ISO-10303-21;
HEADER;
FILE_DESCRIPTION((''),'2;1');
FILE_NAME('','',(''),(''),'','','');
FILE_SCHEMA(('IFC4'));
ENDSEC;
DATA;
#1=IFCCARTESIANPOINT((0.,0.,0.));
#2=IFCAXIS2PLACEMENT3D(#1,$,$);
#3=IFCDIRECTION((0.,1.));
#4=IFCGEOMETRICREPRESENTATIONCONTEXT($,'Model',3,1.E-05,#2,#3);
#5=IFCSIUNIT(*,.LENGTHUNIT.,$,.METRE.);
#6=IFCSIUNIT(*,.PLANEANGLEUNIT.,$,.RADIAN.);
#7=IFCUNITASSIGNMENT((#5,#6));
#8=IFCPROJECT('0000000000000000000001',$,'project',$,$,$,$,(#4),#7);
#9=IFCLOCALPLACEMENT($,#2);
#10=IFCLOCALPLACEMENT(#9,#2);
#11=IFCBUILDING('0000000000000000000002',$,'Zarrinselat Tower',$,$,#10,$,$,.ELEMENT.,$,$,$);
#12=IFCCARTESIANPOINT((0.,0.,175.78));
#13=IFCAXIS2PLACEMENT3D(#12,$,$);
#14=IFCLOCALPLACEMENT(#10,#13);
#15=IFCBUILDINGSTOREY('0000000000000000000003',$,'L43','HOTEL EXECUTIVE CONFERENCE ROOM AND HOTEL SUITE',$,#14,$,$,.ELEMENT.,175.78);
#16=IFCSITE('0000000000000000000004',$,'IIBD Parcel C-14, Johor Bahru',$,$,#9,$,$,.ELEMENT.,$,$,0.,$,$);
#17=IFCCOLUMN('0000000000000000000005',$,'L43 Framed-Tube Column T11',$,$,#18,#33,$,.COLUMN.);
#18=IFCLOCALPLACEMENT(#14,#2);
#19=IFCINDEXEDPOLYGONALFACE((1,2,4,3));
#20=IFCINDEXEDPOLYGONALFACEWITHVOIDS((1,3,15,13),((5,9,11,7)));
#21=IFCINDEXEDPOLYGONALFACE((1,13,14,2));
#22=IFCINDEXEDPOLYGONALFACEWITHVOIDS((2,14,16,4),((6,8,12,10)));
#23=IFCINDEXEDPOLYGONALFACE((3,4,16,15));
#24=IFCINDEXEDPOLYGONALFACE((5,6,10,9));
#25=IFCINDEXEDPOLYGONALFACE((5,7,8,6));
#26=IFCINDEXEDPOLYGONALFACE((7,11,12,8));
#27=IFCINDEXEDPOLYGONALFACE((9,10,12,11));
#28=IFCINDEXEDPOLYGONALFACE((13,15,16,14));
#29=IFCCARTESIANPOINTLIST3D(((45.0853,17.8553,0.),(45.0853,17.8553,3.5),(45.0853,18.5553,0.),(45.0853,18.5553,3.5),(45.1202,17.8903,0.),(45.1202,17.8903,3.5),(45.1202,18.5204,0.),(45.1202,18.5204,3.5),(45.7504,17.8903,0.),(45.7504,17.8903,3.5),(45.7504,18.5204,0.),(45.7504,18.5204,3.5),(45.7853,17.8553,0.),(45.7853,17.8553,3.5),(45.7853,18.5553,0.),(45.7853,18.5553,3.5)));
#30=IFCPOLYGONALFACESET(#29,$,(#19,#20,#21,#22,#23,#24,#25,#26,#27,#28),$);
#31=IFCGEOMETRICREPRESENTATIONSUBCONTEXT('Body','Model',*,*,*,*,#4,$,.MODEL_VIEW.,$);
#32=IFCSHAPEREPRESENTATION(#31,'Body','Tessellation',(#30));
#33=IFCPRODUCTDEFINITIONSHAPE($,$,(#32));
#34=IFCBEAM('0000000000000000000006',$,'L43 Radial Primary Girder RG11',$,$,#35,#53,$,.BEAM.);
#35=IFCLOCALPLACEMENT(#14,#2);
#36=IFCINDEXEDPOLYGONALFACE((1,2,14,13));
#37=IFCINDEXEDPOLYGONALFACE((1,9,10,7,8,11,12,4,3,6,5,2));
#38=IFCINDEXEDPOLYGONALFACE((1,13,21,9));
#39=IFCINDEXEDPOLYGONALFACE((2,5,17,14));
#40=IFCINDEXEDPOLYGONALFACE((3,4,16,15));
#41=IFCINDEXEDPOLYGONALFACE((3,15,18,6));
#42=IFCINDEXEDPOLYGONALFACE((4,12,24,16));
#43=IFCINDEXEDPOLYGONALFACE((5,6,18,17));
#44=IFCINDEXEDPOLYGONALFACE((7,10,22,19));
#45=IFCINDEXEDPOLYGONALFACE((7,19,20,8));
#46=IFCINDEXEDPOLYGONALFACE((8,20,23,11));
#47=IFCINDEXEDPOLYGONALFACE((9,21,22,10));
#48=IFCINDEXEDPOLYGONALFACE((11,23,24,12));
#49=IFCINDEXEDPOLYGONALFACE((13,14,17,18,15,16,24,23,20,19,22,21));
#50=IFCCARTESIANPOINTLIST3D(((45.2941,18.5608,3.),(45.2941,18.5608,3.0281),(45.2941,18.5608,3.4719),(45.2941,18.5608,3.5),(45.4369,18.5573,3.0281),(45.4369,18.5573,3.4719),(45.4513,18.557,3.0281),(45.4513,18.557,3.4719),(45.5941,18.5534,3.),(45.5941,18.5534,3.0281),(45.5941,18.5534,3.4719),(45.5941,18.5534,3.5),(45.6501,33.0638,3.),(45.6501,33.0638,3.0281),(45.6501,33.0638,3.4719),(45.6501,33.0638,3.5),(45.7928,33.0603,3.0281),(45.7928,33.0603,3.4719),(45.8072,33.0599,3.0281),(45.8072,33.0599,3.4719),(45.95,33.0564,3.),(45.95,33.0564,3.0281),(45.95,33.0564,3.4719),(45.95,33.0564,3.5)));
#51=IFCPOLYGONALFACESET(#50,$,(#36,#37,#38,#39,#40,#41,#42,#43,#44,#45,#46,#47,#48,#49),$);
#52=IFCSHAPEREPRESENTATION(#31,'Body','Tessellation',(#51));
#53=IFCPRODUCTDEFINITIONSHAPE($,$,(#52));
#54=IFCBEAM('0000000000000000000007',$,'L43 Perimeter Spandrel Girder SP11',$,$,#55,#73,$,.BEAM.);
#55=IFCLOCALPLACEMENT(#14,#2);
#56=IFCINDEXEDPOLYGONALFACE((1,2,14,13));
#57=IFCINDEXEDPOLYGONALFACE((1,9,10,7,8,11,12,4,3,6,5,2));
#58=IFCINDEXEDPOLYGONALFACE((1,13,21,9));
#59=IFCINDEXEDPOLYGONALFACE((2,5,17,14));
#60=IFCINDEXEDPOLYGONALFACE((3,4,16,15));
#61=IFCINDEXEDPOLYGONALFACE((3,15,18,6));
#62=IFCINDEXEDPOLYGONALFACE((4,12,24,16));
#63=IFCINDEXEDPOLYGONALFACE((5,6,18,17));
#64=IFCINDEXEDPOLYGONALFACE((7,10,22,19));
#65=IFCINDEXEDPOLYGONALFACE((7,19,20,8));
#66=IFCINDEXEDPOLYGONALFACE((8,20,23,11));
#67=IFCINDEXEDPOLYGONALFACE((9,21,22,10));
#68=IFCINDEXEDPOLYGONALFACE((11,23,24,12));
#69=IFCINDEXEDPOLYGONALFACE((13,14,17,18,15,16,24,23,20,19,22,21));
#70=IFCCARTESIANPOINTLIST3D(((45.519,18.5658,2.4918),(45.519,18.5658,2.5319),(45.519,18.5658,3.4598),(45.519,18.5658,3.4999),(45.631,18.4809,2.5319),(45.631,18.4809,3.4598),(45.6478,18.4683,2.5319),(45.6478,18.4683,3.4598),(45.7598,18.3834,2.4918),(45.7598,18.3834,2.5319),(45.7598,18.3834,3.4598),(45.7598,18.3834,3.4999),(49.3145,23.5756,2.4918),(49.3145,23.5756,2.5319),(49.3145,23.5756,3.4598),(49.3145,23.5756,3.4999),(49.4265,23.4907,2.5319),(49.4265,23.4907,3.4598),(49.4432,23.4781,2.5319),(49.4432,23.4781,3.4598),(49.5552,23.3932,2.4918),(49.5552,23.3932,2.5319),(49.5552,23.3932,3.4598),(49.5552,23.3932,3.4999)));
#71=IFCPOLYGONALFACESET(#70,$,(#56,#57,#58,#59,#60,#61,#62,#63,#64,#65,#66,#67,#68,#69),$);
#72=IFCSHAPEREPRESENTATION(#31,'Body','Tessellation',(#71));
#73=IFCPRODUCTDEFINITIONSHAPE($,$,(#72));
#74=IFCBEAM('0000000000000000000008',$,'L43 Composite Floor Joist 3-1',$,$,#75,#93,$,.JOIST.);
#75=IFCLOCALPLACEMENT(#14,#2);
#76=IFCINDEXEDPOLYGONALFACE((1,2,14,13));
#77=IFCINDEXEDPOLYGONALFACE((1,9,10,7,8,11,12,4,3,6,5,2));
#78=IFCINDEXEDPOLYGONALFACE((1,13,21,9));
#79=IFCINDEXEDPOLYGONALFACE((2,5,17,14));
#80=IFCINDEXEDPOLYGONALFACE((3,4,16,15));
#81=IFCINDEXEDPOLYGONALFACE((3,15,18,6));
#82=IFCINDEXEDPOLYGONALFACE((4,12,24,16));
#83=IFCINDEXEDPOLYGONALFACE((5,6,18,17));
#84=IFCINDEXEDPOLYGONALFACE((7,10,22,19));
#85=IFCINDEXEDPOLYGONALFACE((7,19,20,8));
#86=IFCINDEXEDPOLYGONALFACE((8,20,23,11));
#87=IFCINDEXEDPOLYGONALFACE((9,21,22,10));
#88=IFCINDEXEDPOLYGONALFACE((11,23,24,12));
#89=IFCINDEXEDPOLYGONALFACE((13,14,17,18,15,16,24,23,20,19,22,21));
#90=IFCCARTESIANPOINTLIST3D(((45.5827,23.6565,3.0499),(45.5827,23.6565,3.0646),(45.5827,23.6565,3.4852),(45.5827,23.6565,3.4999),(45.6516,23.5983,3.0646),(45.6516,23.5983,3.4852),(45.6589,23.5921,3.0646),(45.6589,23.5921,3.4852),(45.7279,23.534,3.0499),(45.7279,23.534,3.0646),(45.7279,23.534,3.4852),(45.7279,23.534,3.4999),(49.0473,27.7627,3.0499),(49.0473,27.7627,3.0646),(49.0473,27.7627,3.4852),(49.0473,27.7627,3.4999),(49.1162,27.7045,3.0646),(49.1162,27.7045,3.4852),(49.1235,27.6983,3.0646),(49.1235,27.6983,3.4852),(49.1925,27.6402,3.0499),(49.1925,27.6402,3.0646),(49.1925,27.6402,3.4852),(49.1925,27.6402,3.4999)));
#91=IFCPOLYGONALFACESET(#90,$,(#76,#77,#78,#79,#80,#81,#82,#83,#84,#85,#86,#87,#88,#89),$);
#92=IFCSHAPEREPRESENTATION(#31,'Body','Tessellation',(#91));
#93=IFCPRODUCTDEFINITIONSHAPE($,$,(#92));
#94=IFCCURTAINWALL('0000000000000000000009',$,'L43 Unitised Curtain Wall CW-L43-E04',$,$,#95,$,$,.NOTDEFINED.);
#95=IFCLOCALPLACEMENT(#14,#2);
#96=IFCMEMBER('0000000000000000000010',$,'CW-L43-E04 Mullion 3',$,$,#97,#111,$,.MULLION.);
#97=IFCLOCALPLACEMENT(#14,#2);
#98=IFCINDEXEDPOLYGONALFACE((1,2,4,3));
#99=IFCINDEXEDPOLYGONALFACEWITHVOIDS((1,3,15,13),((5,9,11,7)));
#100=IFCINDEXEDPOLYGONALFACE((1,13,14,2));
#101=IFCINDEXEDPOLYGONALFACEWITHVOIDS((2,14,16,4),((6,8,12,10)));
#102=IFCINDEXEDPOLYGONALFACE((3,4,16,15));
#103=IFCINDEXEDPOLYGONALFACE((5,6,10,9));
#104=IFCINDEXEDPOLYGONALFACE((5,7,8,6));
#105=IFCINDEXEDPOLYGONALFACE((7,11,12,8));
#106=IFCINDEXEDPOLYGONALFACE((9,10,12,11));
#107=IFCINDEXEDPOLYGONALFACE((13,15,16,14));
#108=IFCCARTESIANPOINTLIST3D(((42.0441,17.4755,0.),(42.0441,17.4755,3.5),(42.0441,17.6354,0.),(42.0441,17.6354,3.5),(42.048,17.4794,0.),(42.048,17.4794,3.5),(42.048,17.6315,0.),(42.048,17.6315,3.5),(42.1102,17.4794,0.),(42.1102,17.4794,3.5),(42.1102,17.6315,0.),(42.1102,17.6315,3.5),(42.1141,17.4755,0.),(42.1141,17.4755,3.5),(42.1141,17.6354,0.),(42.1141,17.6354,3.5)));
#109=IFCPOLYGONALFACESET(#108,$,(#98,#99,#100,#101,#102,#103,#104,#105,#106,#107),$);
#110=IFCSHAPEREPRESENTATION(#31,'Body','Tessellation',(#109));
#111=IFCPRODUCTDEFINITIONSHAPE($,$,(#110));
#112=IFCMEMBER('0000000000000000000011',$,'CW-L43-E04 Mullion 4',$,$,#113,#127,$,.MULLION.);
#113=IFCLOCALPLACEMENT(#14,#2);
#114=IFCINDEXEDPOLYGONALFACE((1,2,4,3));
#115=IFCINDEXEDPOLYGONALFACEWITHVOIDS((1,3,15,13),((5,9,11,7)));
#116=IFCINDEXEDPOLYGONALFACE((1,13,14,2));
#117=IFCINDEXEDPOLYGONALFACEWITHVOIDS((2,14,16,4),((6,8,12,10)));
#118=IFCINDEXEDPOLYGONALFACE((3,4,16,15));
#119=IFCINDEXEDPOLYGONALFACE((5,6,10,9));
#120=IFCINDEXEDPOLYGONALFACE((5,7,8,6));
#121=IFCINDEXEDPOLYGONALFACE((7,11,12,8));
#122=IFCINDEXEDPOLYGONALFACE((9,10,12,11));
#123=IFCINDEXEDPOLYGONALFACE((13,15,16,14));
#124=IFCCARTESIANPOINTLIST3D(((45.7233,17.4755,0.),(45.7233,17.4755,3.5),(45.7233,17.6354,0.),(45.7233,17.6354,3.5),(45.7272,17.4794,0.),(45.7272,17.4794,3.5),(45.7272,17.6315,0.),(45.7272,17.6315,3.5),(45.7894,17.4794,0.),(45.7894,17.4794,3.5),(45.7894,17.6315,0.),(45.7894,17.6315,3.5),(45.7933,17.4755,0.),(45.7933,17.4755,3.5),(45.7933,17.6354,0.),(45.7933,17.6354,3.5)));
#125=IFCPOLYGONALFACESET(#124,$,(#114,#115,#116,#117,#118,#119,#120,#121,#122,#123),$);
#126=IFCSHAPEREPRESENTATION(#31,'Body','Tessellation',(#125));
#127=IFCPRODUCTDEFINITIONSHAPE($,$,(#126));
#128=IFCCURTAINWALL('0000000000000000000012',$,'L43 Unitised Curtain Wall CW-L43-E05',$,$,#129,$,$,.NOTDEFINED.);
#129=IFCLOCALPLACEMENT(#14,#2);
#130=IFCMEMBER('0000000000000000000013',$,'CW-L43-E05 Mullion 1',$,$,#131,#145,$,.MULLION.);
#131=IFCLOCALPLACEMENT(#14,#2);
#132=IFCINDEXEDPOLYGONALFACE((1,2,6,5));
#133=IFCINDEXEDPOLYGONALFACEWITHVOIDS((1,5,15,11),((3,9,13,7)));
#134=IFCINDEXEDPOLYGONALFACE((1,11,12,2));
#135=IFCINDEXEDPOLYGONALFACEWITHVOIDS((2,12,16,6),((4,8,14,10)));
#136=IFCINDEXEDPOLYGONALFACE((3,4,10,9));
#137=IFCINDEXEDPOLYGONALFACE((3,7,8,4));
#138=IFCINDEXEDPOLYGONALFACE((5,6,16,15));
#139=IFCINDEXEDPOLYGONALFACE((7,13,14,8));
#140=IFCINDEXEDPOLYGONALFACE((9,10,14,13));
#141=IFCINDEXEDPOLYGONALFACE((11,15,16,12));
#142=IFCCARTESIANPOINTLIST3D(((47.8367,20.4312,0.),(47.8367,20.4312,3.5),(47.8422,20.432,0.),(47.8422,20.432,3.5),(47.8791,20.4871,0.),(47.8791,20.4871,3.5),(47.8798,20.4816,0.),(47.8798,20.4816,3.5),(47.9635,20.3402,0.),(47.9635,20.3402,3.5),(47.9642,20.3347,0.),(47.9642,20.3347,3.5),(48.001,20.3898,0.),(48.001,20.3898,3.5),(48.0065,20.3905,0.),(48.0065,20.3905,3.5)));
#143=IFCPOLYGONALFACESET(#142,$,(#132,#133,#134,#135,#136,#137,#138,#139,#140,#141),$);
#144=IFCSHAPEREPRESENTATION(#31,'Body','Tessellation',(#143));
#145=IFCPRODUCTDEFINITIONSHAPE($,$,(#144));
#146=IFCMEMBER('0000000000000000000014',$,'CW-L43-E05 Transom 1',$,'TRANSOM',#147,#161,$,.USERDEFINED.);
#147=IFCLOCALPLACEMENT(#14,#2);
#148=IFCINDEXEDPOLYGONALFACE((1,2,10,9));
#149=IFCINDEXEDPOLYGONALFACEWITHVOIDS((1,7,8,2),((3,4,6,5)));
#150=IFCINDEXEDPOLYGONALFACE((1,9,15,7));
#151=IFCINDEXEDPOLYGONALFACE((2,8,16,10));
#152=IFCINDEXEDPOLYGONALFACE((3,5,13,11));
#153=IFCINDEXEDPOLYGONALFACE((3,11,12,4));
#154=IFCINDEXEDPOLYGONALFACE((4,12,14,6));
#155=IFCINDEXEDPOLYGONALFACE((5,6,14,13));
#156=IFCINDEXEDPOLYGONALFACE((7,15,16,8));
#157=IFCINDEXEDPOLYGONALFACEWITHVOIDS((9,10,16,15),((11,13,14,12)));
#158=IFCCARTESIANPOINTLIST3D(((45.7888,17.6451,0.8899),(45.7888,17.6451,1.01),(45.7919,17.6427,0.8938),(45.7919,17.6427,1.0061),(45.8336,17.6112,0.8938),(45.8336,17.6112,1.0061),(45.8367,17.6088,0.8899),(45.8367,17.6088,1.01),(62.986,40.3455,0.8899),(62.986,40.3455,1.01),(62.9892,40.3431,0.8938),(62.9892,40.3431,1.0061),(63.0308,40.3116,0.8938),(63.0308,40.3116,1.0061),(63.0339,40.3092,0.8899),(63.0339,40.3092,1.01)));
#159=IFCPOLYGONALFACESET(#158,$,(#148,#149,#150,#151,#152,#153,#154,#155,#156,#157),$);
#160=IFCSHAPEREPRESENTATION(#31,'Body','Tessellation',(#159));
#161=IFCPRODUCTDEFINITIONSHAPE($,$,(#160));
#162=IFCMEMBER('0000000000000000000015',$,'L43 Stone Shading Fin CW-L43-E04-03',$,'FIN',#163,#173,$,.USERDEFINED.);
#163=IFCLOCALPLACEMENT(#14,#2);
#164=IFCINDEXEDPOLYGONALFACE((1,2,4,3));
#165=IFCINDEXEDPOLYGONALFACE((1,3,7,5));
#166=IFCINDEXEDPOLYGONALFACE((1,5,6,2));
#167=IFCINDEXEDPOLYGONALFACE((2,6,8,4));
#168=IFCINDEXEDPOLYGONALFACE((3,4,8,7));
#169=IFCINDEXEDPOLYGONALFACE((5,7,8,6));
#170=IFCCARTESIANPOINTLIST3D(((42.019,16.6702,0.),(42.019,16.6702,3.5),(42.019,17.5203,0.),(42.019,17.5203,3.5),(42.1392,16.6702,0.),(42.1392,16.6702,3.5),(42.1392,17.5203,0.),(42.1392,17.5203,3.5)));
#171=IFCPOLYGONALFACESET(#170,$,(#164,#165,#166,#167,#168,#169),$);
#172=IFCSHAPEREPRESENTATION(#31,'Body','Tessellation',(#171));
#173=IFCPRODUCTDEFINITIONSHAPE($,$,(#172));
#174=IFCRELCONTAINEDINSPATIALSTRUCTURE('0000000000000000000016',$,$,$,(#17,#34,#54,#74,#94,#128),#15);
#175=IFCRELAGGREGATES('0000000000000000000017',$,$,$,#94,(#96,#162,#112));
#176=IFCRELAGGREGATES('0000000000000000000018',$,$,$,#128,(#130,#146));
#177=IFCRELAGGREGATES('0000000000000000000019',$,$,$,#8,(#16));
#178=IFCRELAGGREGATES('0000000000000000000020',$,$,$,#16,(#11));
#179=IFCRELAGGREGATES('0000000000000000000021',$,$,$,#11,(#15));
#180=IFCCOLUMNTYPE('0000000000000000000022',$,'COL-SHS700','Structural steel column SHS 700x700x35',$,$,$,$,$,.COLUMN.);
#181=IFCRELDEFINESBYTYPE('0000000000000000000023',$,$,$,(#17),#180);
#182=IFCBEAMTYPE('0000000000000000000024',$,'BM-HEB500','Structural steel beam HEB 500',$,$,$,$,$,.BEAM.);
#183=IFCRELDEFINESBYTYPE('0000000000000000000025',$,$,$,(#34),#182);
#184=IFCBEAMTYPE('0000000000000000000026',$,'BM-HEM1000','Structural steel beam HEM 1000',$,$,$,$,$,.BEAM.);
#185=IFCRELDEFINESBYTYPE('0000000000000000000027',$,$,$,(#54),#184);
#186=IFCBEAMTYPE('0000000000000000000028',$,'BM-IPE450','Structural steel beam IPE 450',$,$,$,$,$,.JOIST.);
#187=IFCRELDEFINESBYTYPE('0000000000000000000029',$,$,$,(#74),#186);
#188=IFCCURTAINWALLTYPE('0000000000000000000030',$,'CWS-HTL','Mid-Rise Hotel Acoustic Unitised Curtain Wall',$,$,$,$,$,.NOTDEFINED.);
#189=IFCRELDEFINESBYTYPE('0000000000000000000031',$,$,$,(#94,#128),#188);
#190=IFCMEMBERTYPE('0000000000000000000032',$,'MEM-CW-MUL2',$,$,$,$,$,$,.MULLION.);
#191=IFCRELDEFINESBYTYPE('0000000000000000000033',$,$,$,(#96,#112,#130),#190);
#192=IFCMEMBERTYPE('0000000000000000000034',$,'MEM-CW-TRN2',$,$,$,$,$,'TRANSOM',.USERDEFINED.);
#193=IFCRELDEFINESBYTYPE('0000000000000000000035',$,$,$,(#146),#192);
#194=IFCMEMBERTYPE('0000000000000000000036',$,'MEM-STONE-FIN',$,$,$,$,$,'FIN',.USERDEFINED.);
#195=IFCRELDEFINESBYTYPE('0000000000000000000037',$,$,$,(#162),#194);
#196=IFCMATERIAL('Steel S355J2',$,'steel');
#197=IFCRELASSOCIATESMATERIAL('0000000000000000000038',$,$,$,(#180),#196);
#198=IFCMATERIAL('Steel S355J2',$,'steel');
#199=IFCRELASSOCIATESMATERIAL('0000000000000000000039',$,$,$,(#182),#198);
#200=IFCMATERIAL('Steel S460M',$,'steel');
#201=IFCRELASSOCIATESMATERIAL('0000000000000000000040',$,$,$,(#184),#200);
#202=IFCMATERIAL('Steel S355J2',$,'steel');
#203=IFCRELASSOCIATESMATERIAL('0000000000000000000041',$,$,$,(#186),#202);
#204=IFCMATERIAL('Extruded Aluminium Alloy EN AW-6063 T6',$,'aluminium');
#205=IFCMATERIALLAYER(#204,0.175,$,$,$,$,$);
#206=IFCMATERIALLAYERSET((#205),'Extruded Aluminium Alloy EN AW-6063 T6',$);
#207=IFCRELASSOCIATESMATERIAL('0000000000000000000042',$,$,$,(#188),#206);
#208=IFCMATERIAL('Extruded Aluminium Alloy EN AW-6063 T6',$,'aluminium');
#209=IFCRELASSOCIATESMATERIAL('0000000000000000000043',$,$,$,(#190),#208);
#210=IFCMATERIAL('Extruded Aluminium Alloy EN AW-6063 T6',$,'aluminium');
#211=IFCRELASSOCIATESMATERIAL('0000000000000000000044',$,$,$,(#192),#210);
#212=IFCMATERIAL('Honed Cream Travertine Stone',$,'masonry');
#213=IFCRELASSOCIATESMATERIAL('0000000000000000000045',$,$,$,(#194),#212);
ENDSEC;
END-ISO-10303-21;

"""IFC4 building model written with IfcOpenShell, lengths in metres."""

from ifc_helpers import new_model, si_unit, direction, frame, origin, origin_2d, place, context, subcontext, project, spatial, rectangle, hollow_rectangle, i_section, extrude, material, layer, layer_set, material_profile, profile_set, type_object, element, aggregate, save


model = new_model("IFC4")

# Units and contexts
model_context = context("Model", 3, precision=1e-05, world=origin(), true_north=direction((0.0, 1.0)))
body_context = subcontext(model_context, "Body", "Model", "MODEL_VIEW")
ifc_project = project(units=[si_unit("LENGTHUNIT", "METRE"), si_unit("PLANEANGLEUNIT", "RADIAN")], contexts=[model_context])

# Site, building, storey
site_placement = place(None, origin())
site = spatial("IfcSite", under=ifc_project, at=site_placement, Name="IIBD Parcel C-14, Johor Bahru", CompositionType="ELEMENT", RefElevation=0.0)
building_placement = place(site_placement, origin())
building = spatial("IfcBuilding", under=site, at=building_placement, Name="Zarrinselat Tower", CompositionType="ELEMENT")
storey_placement = place(building_placement, frame((0.0, 0.0, 175.78)))
storey = spatial("IfcBuildingStorey", under=building, at=storey_placement, Name="L43", Description="HOTEL EXECUTIVE CONFERENCE ROOM AND HOTEL SUITE", CompositionType="ELEMENT", Elevation=175.78)

# Column
ifc_material_1 = material(Name="Steel S355J2", Category="steel")
ifc_material_profile_1 = material_profile(ifc_material_1, hollow_rectangle(XDim=0.7, YDim=0.7, WallThickness=0.0349, at=origin_2d()), Name="SHS 700x700x35")
ifc_profile_set_1 = profile_set([ifc_material_profile_1], Name="Steel S355J2")
column_type = type_object("IfcColumnType", Name="COL-SHS700", Description="Structural steel column SHS 700x700x35", PredefinedType="COLUMN", material=ifc_profile_set_1)
column_placement = place(storey_placement, frame((45.4353, 18.2053, 0.0), z_axis=(0.0, 0.0, 1.0), x_axis=(1.0, 0.0, 0.0)))
element("IfcColumn", 1, at=column_placement, inside=storey, type_object=column_type, Name="L43 Framed-Tube Column T11", PredefinedType="COLUMN", context=body_context, shape_type="SweptSolid", body=[
    extrude(hollow_rectangle(XDim=0.7, YDim=0.7, WallThickness=0.0349, at=origin_2d()), origin(), (0.0, 0.0, 1.0), 3.5),
])

# Beams
ifc_material_2 = material(Name="Steel S355J2", Category="steel")
ifc_material_profile_2 = material_profile(ifc_material_2, i_section(OverallWidth=0.3, OverallDepth=0.5, WebThickness=0.0144, FlangeThickness=0.0281, at=origin_2d()), Name="HEB 500")
ifc_profile_set_2 = profile_set([ifc_material_profile_2], Name="Steel S355J2")
beam_type_1 = type_object("IfcBeamType", Name="BM-HEB500", Description="Structural steel beam HEB 500", PredefinedType="BEAM", material=ifc_profile_set_2)
beam_1_placement = place(storey_placement, frame((45.4441, 18.5571, 3.25), z_axis=(0.024536, 0.999699, 0.0), x_axis=(-0.999699, 0.024536, 0.0)))
element("IfcBeam", 2, at=beam_1_placement, inside=storey, type_object=beam_type_1, Name="L43 Radial Primary Girder RG11", PredefinedType="BEAM", context=body_context, shape_type="SweptSolid", body=[
    extrude(i_section(OverallWidth=0.3, OverallDepth=0.5, WebThickness=0.0144, FlangeThickness=0.0281, at=origin_2d()), origin(), (0.0, 0.0, 1.0), 14.5073),
])
ifc_material_3 = material(Name="Steel S460M", Category="steel")
ifc_material_profile_3 = material_profile(ifc_material_3, i_section(OverallWidth=0.302, OverallDepth=1.0081, WebThickness=0.021, FlangeThickness=0.04, at=origin_2d()), Name="HEM 1000")
ifc_profile_set_3 = profile_set([ifc_material_profile_3], Name="Steel S460M")
beam_type_2 = type_object("IfcBeamType", Name="BM-HEM1000", Description="Structural steel beam HEM 1000", PredefinedType="BEAM", material=ifc_profile_set_3)
beam_2_placement = place(storey_placement, frame((45.6394, 18.4746, 2.9958), z_axis=(0.603871, 0.797082, 0.0), x_axis=(-0.797082, 0.603871, 0.0)))
element("IfcBeam", 3, at=beam_2_placement, inside=storey, type_object=beam_type_2, Name="L43 Perimeter Spandrel Girder SP11", PredefinedType="BEAM", context=body_context, shape_type="SweptSolid", body=[
    extrude(i_section(OverallWidth=0.302, OverallDepth=1.0081, WebThickness=0.021, FlangeThickness=0.04, at=origin_2d()), origin(), (0.0, 0.0, 1.0), 6.2852),
])
ifc_material_4 = material(Name="Steel S355J2", Category="steel")
ifc_material_profile_4 = material_profile(ifc_material_4, i_section(OverallWidth=0.1899, OverallDepth=0.45, WebThickness=0.0095, FlangeThickness=0.0146, at=origin_2d()), Name="IPE 450")
ifc_profile_set_4 = profile_set([ifc_material_profile_4], Name="Steel S355J2")
beam_type_3 = type_object("IfcBeamType", Name="BM-IPE450", Description="Structural steel beam IPE 450", PredefinedType="JOIST", material=ifc_profile_set_4)
beam_3_placement = place(storey_placement, frame((45.6553, 23.5952, 3.2749), z_axis=(0.64487, 0.764292, 0.0), x_axis=(-0.764292, 0.64487, 0.0)))
element("IfcBeam", 4, at=beam_3_placement, inside=storey, type_object=beam_type_3, Name="L43 Composite Floor Joist 3-1", PredefinedType="JOIST", context=body_context, shape_type="SweptSolid", body=[
    extrude(i_section(OverallWidth=0.1899, OverallDepth=0.45, WebThickness=0.0095, FlangeThickness=0.0146, at=origin_2d()), origin(), (0.0, 0.0, 1.0), 5.3726),
])

# Curtain walls, members
ifc_material_5 = material(Name="Extruded Aluminium Alloy EN AW-6063 T6", Category="aluminium")
ifc_layer_1 = layer(ifc_material_5, 0.175)
ifc_layer_set_1 = layer_set([ifc_layer_1], Name="Extruded Aluminium Alloy EN AW-6063 T6")
curtain_wall_type = type_object("IfcCurtainWallType", Name="CWS-HTL", Description="Mid-Rise Hotel Acoustic Unitised Curtain Wall", PredefinedType="NOTDEFINED", material=ifc_layer_set_1)
curtain_wall_1_placement = place(storey_placement, origin())
curtain_wall_1 = element("IfcCurtainWall", 5, at=curtain_wall_1_placement, inside=storey, type_object=curtain_wall_type, Name="L43 Unitised Curtain Wall CW-L43-E04", PredefinedType="NOTDEFINED")
ifc_material_6 = material(Name="Extruded Aluminium Alloy EN AW-6063 T6", Category="aluminium")
ifc_material_profile_5 = material_profile(ifc_material_6, hollow_rectangle(XDim=0.0701, YDim=0.1599, WallThickness=0.0039, at=origin_2d()), Name="RHS 160x70x4")
ifc_profile_set_5 = profile_set([ifc_material_profile_5], Name="Extruded Aluminium Alloy EN AW-6063 T6")
member_type_1 = type_object("IfcMemberType", Name="MEM-CW-MUL2", PredefinedType="MULLION", material=ifc_profile_set_5)
member_1_placement = place(storey_placement, frame((42.0791, 17.5554, 0.0), z_axis=(0.0, 0.0, 1.0), x_axis=(1.0, 0.0, 0.0)))
member_1 = element("IfcMember", 6, at=member_1_placement, type_object=member_type_1, Name="CW-L43-E04 Mullion 3", PredefinedType="MULLION", context=body_context, shape_type="SweptSolid", body=[
    extrude(hollow_rectangle(XDim=0.0701, YDim=0.1599, WallThickness=0.0039, at=origin_2d()), origin(), (0.0, 0.0, 1.0), 3.5),
])
member_2_placement = place(storey_placement, frame((45.7583, 17.5554, 0.0), z_axis=(0.0, 0.0, 1.0), x_axis=(1.0, 0.0, 0.0)))
member_2 = element("IfcMember", 7, at=member_2_placement, type_object=member_type_1, Name="CW-L43-E04 Mullion 4", PredefinedType="MULLION", context=body_context, shape_type="SweptSolid", body=[
    extrude(hollow_rectangle(XDim=0.0701, YDim=0.1599, WallThickness=0.0039, at=origin_2d()), origin(), (0.0, 0.0, 1.0), 3.5),
])
curtain_wall_2_placement = place(storey_placement, origin())
curtain_wall_2 = element("IfcCurtainWall", 8, at=curtain_wall_2_placement, inside=storey, type_object=curtain_wall_type, Name="L43 Unitised Curtain Wall CW-L43-E05", PredefinedType="NOTDEFINED")
member_3_placement = place(storey_placement, frame((47.9216, 20.4109, 0.0), z_axis=(0.0, 0.0, 1.0), x_axis=(0.603859, 0.797091, 0.0)))
member_3 = element("IfcMember", 9, at=member_3_placement, type_object=member_type_1, Name="CW-L43-E05 Mullion 1", PredefinedType="MULLION", context=body_context, shape_type="SweptSolid", body=[
    extrude(hollow_rectangle(XDim=0.0701, YDim=0.1599, WallThickness=0.0039, at=origin_2d()), origin(), (0.0, 0.0, 1.0), 3.5),
])
ifc_material_7 = material(Name="Extruded Aluminium Alloy EN AW-6063 T6", Category="aluminium")
ifc_material_profile_6 = material_profile(ifc_material_7, hollow_rectangle(XDim=0.0601, YDim=0.1201, WallThickness=0.0039, at=origin_2d()), Name="RHS 120x60x4")
ifc_profile_set_6 = profile_set([ifc_material_profile_6], Name="Extruded Aluminium Alloy EN AW-6063 T6")
member_type_2 = type_object("IfcMemberType", Name="MEM-CW-TRN2", ElementType="TRANSOM", PredefinedType="USERDEFINED", material=ifc_profile_set_6)
member_4_placement = place(storey_placement, frame((45.8127, 17.627, 0.95), z_axis=(0.603857, 0.797093, 0.0), x_axis=(-0.797093, 0.603857, 0.0)))
member_4 = element("IfcMember", 10, at=member_4_placement, type_object=member_type_2, Name="CW-L43-E05 Transom 1", ObjectType="TRANSOM", PredefinedType="USERDEFINED", context=body_context, shape_type="SweptSolid", body=[
    extrude(hollow_rectangle(XDim=0.0601, YDim=0.1201, WallThickness=0.0039, at=origin_2d()), origin(), (0.0, 0.0, 1.0), 28.479),
])

# Member
ifc_material_8 = material(Name="Honed Cream Travertine Stone", Category="masonry")
ifc_material_profile_7 = material_profile(ifc_material_8, rectangle(XDim=0.1201, YDim=0.8501, at=origin_2d()), Name="FIN 850x120")
ifc_profile_set_7 = profile_set([ifc_material_profile_7], Name="Honed Cream Travertine Stone")
member_type_3 = type_object("IfcMemberType", Name="MEM-STONE-FIN", ElementType="FIN", PredefinedType="USERDEFINED", material=ifc_profile_set_7)
member_5_placement = place(storey_placement, frame((42.0791, 17.0952, 0.0), z_axis=(0.0, 0.0, 1.0), x_axis=(-1.0, 0.0, 0.0)))
member_5 = element("IfcMember", 11, at=member_5_placement, type_object=member_type_3, Name="L43 Stone Shading Fin CW-L43-E04-03", ObjectType="FIN", PredefinedType="USERDEFINED", context=body_context, shape_type="SweptSolid", body=[
    extrude(rectangle(XDim=0.1201, YDim=0.8501, at=origin_2d()), origin(), (0.0, 0.0, 1.0), 3.5),
])

aggregate(curtain_wall_1, [member_1, member_5, member_2])
aggregate(curtain_wall_2, [member_3, member_4])

save(model, "model.ifc")
